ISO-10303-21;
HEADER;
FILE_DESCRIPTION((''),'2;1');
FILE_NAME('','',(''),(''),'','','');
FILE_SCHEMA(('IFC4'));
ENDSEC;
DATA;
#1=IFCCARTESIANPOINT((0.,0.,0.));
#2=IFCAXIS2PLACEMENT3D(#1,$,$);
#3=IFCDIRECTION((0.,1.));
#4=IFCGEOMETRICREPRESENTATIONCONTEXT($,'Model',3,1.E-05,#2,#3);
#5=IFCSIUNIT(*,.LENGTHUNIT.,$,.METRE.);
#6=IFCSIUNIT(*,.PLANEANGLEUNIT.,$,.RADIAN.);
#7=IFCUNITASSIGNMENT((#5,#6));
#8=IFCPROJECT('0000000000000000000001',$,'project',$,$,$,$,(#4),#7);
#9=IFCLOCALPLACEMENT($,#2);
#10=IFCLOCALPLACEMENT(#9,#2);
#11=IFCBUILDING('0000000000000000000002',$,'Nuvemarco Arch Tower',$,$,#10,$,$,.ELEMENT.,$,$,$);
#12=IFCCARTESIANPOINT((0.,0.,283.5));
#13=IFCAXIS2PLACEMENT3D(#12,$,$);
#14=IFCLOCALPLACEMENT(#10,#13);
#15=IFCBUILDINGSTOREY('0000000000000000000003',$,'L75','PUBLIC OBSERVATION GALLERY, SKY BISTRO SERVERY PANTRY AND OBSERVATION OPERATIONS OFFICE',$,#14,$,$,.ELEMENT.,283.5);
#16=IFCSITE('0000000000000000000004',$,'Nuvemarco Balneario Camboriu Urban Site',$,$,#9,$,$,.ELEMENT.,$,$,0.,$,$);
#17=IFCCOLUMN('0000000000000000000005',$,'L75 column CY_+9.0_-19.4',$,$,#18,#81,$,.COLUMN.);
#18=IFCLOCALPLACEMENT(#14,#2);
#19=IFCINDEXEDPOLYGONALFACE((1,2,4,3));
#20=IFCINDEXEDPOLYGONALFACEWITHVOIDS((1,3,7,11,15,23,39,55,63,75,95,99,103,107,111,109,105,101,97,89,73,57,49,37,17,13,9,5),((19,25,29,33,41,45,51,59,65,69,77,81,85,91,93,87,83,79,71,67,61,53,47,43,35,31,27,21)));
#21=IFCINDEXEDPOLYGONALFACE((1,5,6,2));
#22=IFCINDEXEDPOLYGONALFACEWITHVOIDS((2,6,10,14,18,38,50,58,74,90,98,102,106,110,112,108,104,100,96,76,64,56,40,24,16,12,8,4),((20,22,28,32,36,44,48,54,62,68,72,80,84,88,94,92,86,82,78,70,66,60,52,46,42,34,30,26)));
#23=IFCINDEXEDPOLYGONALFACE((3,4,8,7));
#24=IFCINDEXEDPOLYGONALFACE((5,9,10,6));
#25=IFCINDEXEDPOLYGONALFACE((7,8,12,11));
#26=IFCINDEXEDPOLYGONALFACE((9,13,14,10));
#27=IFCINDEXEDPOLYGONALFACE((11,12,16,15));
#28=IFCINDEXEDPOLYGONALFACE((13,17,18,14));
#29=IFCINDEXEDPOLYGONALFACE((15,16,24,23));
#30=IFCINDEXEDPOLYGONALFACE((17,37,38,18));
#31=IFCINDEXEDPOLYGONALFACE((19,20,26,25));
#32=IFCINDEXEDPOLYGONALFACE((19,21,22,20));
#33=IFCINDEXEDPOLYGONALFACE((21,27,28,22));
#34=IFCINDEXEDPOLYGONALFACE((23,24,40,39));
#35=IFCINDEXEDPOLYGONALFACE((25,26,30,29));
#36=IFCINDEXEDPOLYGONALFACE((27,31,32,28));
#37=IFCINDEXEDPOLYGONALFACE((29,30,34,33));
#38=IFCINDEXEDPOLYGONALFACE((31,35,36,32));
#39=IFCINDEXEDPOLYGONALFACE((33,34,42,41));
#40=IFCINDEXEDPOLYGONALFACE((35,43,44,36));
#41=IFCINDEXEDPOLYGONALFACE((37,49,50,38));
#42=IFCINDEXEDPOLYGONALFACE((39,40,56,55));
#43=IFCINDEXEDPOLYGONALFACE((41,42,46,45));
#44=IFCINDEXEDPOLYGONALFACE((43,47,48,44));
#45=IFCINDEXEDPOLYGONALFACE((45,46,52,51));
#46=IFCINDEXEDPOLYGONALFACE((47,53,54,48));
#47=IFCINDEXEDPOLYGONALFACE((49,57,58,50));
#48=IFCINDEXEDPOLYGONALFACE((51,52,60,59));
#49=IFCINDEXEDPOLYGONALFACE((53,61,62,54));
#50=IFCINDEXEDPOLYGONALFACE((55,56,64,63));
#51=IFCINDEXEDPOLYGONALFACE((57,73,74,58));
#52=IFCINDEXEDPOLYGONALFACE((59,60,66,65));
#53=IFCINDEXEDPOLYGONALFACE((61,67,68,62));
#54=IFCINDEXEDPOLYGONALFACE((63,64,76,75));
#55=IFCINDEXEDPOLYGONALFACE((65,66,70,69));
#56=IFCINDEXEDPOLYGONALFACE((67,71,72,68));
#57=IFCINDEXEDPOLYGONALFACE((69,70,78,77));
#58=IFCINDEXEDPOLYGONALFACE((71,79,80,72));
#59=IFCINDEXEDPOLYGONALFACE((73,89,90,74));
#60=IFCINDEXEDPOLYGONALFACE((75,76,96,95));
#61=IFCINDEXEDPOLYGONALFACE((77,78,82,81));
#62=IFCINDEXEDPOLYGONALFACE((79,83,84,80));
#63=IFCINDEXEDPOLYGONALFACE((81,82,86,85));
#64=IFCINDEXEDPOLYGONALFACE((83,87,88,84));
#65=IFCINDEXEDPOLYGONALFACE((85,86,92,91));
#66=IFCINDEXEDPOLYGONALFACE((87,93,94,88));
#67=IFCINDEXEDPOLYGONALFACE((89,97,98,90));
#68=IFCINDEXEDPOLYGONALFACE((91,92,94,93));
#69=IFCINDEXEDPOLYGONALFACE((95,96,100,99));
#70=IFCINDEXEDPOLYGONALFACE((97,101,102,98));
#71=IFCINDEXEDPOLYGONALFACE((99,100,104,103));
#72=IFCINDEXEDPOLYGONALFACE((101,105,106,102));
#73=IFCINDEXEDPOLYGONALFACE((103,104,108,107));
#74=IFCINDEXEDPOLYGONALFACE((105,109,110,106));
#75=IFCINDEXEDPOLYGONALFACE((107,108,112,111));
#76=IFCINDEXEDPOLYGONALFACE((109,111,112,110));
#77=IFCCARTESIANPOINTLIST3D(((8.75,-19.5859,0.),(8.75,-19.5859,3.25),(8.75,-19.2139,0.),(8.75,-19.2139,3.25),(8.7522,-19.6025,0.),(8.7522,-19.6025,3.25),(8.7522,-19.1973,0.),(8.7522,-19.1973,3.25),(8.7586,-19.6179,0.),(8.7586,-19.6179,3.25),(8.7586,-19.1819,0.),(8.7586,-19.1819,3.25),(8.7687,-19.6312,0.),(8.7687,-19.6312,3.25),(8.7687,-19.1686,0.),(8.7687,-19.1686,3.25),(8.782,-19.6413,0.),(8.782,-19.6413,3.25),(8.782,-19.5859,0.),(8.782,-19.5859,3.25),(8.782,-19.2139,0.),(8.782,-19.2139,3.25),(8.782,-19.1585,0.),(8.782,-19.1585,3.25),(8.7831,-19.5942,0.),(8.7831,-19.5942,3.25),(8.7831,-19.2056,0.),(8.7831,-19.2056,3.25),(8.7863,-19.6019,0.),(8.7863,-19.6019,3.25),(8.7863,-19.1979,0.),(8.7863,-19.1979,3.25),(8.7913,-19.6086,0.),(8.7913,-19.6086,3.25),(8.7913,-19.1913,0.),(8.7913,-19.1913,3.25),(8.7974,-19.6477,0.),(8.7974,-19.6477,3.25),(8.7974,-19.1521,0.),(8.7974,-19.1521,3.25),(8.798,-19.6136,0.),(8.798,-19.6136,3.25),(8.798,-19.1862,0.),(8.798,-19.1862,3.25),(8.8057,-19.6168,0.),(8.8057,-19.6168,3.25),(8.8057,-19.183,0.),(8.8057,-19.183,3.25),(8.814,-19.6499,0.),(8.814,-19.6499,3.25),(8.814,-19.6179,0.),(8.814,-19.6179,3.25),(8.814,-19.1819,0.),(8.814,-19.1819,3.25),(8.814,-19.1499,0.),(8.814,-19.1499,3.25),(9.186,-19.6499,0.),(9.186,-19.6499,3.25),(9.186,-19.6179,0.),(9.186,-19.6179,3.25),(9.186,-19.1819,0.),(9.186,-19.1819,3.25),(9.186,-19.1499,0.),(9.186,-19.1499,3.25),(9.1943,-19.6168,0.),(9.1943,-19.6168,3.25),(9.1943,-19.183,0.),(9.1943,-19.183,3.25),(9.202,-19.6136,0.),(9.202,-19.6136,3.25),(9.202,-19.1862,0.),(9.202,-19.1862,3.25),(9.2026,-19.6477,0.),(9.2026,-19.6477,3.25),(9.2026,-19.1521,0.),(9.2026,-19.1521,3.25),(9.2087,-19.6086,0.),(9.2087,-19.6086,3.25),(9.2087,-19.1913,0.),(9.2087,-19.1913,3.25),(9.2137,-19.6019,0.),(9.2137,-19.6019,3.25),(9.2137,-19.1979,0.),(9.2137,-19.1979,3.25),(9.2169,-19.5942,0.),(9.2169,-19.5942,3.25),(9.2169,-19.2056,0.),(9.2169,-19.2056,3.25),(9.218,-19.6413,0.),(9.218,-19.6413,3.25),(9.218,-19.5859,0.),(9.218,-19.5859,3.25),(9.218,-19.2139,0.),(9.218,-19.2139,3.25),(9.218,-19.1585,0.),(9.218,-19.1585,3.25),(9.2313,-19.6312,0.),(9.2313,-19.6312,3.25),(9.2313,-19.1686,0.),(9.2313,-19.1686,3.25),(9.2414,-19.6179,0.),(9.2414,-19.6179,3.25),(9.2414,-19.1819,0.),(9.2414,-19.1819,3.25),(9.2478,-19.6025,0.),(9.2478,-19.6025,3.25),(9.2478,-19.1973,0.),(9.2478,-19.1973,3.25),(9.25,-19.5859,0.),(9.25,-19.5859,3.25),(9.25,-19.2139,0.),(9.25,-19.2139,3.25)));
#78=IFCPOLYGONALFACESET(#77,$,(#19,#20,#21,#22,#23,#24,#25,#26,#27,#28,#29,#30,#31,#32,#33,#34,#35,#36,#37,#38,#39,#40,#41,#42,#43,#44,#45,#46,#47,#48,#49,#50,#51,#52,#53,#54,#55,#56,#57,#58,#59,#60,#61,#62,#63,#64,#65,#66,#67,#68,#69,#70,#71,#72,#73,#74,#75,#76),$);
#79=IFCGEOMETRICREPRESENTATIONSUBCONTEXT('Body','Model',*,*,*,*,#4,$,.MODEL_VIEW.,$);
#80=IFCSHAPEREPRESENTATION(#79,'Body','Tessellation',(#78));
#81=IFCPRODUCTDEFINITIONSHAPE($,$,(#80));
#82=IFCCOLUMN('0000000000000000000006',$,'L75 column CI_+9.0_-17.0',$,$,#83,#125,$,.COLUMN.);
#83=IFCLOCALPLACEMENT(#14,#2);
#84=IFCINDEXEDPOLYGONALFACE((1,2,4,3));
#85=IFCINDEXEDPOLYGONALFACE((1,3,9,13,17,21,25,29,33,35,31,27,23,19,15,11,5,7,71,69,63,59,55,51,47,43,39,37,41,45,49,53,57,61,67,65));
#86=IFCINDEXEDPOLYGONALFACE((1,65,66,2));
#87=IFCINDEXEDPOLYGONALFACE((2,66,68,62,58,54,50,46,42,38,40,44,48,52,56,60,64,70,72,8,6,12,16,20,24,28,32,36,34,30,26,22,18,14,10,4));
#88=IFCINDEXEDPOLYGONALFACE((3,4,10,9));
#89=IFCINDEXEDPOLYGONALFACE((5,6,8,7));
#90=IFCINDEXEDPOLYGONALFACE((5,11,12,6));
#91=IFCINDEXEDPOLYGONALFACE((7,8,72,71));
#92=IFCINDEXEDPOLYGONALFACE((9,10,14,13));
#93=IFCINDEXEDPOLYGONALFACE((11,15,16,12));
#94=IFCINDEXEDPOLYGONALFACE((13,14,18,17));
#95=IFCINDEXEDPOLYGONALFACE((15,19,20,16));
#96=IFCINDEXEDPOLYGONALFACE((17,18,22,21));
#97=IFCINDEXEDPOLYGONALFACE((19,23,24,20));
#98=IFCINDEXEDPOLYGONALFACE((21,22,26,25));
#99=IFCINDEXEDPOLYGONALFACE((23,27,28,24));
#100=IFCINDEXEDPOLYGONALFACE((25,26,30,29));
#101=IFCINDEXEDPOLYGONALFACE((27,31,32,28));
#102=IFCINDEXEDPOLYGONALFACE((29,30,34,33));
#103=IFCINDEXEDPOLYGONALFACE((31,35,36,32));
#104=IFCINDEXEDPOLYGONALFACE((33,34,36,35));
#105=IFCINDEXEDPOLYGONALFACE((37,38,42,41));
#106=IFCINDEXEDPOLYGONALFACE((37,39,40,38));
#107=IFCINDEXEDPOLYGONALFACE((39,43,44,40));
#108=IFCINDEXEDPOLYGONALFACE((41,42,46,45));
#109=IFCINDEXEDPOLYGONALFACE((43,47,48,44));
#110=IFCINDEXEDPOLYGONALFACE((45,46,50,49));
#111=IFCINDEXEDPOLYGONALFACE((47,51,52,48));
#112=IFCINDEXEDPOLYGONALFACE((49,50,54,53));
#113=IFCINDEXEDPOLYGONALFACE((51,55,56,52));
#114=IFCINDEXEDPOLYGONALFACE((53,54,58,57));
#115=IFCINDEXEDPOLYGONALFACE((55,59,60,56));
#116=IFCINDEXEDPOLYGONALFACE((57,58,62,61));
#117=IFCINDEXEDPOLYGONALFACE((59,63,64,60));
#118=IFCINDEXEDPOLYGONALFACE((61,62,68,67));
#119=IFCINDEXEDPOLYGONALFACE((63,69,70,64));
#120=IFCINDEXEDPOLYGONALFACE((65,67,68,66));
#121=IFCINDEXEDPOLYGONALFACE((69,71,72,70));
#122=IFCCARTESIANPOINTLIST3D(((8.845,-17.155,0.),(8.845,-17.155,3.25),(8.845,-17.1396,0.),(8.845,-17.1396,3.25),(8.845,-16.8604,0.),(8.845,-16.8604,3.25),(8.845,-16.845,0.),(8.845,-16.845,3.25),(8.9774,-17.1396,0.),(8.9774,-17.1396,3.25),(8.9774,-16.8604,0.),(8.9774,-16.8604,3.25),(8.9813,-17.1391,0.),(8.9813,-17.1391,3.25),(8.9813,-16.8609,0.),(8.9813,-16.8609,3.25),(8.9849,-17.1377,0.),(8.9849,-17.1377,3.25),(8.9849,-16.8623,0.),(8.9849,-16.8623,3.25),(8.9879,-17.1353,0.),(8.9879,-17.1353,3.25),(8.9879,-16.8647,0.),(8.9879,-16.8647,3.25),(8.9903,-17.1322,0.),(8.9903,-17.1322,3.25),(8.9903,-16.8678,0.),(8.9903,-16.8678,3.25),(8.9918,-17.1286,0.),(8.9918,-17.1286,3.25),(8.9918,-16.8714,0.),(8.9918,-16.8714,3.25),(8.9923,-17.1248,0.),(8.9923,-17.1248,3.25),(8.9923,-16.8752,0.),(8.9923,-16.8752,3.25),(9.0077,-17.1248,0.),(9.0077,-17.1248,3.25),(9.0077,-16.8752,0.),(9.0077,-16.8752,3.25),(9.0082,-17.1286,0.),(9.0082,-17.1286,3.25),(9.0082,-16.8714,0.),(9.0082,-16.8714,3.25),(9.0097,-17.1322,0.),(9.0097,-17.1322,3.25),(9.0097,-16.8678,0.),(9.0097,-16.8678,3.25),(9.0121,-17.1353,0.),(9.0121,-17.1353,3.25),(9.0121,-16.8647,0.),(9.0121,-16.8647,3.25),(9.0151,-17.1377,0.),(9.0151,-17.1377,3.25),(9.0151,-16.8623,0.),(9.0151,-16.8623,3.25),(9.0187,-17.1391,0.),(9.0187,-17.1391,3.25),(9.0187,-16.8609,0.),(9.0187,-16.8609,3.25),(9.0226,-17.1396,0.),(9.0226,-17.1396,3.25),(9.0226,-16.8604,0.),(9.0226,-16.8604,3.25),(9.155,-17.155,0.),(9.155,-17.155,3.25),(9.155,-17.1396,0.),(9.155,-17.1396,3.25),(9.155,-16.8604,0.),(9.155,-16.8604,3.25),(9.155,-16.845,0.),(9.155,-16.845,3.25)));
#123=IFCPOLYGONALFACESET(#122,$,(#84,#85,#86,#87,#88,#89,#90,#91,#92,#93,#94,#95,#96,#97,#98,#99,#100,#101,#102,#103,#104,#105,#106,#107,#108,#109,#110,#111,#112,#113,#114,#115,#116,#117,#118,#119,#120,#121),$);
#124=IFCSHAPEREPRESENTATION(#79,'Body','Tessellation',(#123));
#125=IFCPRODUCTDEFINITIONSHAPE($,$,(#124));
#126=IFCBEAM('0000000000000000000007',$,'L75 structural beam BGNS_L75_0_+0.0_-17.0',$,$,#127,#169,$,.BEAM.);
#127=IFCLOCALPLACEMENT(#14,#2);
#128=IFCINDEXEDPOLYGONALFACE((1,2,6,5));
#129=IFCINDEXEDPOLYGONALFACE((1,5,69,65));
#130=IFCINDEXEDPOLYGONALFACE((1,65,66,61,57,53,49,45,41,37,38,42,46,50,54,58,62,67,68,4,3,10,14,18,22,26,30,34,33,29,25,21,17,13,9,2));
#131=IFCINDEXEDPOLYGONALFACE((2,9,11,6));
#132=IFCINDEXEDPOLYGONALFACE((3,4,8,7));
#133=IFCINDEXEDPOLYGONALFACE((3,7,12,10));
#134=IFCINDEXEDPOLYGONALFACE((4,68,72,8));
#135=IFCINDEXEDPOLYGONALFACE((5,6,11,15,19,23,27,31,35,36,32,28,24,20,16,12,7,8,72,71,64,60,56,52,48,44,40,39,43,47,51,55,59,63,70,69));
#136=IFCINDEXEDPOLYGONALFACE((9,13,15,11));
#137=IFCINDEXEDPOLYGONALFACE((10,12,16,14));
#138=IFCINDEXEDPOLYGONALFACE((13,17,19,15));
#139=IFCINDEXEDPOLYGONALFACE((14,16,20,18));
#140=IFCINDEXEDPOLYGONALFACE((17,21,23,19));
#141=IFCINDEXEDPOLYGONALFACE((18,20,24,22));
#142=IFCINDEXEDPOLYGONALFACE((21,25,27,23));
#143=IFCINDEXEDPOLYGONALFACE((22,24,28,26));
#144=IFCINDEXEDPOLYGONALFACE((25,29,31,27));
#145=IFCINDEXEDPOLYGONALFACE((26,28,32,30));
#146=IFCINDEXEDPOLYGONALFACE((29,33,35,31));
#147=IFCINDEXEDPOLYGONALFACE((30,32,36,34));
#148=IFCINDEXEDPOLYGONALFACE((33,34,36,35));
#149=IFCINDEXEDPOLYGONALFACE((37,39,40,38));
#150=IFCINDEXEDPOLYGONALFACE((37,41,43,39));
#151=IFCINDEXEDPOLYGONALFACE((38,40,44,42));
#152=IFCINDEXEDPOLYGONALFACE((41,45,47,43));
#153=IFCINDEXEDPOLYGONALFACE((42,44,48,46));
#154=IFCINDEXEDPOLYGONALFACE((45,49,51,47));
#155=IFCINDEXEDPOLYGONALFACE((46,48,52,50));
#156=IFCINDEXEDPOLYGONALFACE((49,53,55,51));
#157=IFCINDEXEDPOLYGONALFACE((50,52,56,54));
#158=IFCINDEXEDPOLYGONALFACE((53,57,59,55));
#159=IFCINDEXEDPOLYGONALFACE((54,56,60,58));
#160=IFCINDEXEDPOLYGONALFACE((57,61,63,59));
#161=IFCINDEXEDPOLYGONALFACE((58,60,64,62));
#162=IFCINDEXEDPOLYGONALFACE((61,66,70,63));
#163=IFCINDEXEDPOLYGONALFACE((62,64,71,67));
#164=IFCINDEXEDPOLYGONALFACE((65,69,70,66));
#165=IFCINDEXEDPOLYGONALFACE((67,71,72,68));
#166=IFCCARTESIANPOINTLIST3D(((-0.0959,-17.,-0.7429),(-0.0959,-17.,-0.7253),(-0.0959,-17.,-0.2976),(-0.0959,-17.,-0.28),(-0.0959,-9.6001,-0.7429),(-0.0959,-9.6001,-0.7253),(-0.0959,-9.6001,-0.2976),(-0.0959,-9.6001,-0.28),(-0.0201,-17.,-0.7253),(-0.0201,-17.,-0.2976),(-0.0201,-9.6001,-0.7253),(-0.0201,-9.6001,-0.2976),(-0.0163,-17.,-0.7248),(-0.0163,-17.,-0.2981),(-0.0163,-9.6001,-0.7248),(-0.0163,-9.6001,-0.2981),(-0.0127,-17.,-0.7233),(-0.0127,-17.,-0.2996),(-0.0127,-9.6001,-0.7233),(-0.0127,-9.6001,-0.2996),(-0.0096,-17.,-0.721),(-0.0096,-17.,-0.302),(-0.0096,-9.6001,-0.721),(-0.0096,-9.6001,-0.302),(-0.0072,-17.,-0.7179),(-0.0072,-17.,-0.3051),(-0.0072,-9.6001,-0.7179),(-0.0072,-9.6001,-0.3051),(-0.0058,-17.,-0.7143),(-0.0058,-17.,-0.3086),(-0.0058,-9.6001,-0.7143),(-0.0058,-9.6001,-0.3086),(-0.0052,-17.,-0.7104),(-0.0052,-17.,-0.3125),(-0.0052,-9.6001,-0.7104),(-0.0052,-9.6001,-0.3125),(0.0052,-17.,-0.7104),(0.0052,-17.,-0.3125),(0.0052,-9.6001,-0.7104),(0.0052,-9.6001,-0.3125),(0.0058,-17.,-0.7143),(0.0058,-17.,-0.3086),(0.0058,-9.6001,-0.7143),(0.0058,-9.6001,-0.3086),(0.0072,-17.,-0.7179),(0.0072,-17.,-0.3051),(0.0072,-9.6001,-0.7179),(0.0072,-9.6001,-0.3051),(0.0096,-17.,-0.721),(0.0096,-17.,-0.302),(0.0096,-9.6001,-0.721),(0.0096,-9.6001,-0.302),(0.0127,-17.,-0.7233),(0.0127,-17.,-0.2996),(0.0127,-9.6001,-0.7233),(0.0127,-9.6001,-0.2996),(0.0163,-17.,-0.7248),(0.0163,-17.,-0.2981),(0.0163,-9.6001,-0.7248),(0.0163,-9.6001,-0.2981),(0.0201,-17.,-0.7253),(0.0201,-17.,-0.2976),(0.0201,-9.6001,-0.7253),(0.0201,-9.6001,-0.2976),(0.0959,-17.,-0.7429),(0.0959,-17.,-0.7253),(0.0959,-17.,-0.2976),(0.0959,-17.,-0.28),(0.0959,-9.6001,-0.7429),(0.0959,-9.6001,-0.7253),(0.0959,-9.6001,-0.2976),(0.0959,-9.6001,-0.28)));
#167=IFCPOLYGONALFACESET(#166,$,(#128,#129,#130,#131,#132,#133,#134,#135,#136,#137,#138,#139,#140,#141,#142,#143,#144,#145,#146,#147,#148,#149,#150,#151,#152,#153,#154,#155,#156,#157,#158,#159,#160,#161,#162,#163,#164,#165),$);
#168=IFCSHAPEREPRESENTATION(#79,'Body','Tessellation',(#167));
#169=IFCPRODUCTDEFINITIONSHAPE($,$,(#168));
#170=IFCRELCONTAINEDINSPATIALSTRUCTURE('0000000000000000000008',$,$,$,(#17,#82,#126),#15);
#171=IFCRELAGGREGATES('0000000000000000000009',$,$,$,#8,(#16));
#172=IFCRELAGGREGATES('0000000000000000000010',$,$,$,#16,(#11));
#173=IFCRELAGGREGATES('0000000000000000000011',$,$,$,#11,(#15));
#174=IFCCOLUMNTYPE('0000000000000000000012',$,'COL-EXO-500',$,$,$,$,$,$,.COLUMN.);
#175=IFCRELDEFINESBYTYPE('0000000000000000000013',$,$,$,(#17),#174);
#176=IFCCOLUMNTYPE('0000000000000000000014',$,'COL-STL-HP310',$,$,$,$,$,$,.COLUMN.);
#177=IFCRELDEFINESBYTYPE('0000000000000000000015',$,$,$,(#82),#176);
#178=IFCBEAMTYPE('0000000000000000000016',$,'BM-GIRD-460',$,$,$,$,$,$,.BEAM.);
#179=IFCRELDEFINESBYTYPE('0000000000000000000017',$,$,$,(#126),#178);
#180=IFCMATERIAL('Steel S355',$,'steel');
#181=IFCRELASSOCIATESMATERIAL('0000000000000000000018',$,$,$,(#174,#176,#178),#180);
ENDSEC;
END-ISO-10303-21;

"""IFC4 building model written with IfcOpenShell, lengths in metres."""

from ifc_helpers import new_model, si_unit, direction, frame, origin, origin_2d, place, context, subcontext, project, spatial, hollow_rectangle, i_section, extrude, material, material_profile, profile_set, type_object, element, save


model = new_model("IFC4")

# Units and contexts
model_context = context("Model", 3, precision=1e-05, world=origin(), true_north=direction((0.0, 1.0)))
body_context = subcontext(model_context, "Body", "Model", "MODEL_VIEW")
ifc_project = project(units=[si_unit("LENGTHUNIT", "METRE"), si_unit("PLANEANGLEUNIT", "RADIAN")], contexts=[model_context])

# Site, building, storey
site_placement = place(None, origin())
site = spatial("IfcSite", under=ifc_project, at=site_placement, Name="Nuvemarco Balneario Camboriu Urban Site", CompositionType="ELEMENT", RefElevation=0.0)
building_placement = place(site_placement, origin())
building = spatial("IfcBuilding", under=site, at=building_placement, Name="Nuvemarco Arch Tower", CompositionType="ELEMENT")
storey_placement = place(building_placement, frame((0.0, 0.0, 283.5)))
storey = spatial("IfcBuildingStorey", under=building, at=storey_placement, Name="L75", Description="PUBLIC OBSERVATION GALLERY, SKY BISTRO SERVERY PANTRY AND OBSERVATION OPERATIONS OFFICE", CompositionType="ELEMENT", Elevation=283.5)

# Columns
ifc_material_1 = material(Name="Steel S355", Category="steel")
ifc_material_profile_1 = material_profile(ifc_material_1, hollow_rectangle(XDim=0.5, YDim=0.5, WallThickness=0.032, InnerFilletRadius=0.032, OuterFilletRadius=0.064, at=origin_2d()), Name="SHS500x500x32")
ifc_profile_set_1 = profile_set([ifc_material_profile_1], Name="Steel S355")
column_type_1 = type_object("IfcColumnType", Name="COL-EXO-500", PredefinedType="COLUMN", material=ifc_profile_set_1)
column_1_placement = place(storey_placement, frame((9.0, -19.3999, 0.0), z_axis=(0.0, 0.0, 1.0), x_axis=(1.0, 0.0, 0.0)))
element("IfcColumn", 1, at=column_1_placement, inside=storey, type_object=column_type_1, Name="L75 column CY_+9.0_-19.4", PredefinedType="COLUMN", context=body_context, shape_type="SweptSolid", body=[
    extrude(hollow_rectangle(XDim=0.5, YDim=0.5, WallThickness=0.032, InnerFilletRadius=0.032, OuterFilletRadius=0.064, at=origin_2d()), origin(), (0.0, 0.0, 1.0), 3.25),
])
ifc_material_profile_2 = material_profile(ifc_material_1, i_section(OverallWidth=0.3101, OverallDepth=0.3101, WebThickness=0.0154, FlangeThickness=0.0154, FilletRadius=0.0149, at=origin_2d()), Name="HP310x110")
ifc_profile_set_2 = profile_set([ifc_material_profile_2], Name="Steel S355")
column_type_2 = type_object("IfcColumnType", Name="COL-STL-HP310", PredefinedType="COLUMN", material=ifc_profile_set_2)
column_2_placement = place(storey_placement, frame((9.0, -17.0, 0.0), z_axis=(0.0, 0.0, 1.0), x_axis=(1.0, 0.0, 0.0)))
element("IfcColumn", 2, at=column_2_placement, inside=storey, type_object=column_type_2, Name="L75 column CI_+9.0_-17.0", PredefinedType="COLUMN", context=body_context, shape_type="SweptSolid", body=[
    extrude(i_section(OverallWidth=0.3101, OverallDepth=0.3101, WebThickness=0.0154, FlangeThickness=0.0154, FilletRadius=0.0149, at=origin_2d()), origin(), (0.0, 0.0, 1.0), 3.25),
])

# Beam
ifc_material_profile_3 = material_profile(ifc_material_1, i_section(OverallWidth=0.1919, OverallDepth=0.4629, WebThickness=0.0105, FlangeThickness=0.0176, FilletRadius=0.0149, at=origin_2d()), Name="W460x89")
ifc_profile_set_3 = profile_set([ifc_material_profile_3], Name="Steel S355")
beam_type = type_object("IfcBeamType", Name="BM-GIRD-460", PredefinedType="BEAM", material=ifc_profile_set_3)
beam_1_placement = place(storey_placement, frame((0.0, -17.0, -0.5115), z_axis=(0.0, 1.0, 0.0), x_axis=(-1.0, 0.0, 0.0)))
element("IfcBeam", 3, at=beam_1_placement, inside=storey, type_object=beam_type, Name="L75 structural beam BGNS_L75_0_+0.0_-17.0", PredefinedType="BEAM", context=body_context, shape_type="SweptSolid", body=[
    extrude(i_section(OverallWidth=0.1919, OverallDepth=0.4629, WebThickness=0.0105, FlangeThickness=0.0176, FilletRadius=0.0149, at=origin_2d()), origin(), (0.0, 0.0, 1.0), 7.3999),
])

save(model, "model.ifc")
